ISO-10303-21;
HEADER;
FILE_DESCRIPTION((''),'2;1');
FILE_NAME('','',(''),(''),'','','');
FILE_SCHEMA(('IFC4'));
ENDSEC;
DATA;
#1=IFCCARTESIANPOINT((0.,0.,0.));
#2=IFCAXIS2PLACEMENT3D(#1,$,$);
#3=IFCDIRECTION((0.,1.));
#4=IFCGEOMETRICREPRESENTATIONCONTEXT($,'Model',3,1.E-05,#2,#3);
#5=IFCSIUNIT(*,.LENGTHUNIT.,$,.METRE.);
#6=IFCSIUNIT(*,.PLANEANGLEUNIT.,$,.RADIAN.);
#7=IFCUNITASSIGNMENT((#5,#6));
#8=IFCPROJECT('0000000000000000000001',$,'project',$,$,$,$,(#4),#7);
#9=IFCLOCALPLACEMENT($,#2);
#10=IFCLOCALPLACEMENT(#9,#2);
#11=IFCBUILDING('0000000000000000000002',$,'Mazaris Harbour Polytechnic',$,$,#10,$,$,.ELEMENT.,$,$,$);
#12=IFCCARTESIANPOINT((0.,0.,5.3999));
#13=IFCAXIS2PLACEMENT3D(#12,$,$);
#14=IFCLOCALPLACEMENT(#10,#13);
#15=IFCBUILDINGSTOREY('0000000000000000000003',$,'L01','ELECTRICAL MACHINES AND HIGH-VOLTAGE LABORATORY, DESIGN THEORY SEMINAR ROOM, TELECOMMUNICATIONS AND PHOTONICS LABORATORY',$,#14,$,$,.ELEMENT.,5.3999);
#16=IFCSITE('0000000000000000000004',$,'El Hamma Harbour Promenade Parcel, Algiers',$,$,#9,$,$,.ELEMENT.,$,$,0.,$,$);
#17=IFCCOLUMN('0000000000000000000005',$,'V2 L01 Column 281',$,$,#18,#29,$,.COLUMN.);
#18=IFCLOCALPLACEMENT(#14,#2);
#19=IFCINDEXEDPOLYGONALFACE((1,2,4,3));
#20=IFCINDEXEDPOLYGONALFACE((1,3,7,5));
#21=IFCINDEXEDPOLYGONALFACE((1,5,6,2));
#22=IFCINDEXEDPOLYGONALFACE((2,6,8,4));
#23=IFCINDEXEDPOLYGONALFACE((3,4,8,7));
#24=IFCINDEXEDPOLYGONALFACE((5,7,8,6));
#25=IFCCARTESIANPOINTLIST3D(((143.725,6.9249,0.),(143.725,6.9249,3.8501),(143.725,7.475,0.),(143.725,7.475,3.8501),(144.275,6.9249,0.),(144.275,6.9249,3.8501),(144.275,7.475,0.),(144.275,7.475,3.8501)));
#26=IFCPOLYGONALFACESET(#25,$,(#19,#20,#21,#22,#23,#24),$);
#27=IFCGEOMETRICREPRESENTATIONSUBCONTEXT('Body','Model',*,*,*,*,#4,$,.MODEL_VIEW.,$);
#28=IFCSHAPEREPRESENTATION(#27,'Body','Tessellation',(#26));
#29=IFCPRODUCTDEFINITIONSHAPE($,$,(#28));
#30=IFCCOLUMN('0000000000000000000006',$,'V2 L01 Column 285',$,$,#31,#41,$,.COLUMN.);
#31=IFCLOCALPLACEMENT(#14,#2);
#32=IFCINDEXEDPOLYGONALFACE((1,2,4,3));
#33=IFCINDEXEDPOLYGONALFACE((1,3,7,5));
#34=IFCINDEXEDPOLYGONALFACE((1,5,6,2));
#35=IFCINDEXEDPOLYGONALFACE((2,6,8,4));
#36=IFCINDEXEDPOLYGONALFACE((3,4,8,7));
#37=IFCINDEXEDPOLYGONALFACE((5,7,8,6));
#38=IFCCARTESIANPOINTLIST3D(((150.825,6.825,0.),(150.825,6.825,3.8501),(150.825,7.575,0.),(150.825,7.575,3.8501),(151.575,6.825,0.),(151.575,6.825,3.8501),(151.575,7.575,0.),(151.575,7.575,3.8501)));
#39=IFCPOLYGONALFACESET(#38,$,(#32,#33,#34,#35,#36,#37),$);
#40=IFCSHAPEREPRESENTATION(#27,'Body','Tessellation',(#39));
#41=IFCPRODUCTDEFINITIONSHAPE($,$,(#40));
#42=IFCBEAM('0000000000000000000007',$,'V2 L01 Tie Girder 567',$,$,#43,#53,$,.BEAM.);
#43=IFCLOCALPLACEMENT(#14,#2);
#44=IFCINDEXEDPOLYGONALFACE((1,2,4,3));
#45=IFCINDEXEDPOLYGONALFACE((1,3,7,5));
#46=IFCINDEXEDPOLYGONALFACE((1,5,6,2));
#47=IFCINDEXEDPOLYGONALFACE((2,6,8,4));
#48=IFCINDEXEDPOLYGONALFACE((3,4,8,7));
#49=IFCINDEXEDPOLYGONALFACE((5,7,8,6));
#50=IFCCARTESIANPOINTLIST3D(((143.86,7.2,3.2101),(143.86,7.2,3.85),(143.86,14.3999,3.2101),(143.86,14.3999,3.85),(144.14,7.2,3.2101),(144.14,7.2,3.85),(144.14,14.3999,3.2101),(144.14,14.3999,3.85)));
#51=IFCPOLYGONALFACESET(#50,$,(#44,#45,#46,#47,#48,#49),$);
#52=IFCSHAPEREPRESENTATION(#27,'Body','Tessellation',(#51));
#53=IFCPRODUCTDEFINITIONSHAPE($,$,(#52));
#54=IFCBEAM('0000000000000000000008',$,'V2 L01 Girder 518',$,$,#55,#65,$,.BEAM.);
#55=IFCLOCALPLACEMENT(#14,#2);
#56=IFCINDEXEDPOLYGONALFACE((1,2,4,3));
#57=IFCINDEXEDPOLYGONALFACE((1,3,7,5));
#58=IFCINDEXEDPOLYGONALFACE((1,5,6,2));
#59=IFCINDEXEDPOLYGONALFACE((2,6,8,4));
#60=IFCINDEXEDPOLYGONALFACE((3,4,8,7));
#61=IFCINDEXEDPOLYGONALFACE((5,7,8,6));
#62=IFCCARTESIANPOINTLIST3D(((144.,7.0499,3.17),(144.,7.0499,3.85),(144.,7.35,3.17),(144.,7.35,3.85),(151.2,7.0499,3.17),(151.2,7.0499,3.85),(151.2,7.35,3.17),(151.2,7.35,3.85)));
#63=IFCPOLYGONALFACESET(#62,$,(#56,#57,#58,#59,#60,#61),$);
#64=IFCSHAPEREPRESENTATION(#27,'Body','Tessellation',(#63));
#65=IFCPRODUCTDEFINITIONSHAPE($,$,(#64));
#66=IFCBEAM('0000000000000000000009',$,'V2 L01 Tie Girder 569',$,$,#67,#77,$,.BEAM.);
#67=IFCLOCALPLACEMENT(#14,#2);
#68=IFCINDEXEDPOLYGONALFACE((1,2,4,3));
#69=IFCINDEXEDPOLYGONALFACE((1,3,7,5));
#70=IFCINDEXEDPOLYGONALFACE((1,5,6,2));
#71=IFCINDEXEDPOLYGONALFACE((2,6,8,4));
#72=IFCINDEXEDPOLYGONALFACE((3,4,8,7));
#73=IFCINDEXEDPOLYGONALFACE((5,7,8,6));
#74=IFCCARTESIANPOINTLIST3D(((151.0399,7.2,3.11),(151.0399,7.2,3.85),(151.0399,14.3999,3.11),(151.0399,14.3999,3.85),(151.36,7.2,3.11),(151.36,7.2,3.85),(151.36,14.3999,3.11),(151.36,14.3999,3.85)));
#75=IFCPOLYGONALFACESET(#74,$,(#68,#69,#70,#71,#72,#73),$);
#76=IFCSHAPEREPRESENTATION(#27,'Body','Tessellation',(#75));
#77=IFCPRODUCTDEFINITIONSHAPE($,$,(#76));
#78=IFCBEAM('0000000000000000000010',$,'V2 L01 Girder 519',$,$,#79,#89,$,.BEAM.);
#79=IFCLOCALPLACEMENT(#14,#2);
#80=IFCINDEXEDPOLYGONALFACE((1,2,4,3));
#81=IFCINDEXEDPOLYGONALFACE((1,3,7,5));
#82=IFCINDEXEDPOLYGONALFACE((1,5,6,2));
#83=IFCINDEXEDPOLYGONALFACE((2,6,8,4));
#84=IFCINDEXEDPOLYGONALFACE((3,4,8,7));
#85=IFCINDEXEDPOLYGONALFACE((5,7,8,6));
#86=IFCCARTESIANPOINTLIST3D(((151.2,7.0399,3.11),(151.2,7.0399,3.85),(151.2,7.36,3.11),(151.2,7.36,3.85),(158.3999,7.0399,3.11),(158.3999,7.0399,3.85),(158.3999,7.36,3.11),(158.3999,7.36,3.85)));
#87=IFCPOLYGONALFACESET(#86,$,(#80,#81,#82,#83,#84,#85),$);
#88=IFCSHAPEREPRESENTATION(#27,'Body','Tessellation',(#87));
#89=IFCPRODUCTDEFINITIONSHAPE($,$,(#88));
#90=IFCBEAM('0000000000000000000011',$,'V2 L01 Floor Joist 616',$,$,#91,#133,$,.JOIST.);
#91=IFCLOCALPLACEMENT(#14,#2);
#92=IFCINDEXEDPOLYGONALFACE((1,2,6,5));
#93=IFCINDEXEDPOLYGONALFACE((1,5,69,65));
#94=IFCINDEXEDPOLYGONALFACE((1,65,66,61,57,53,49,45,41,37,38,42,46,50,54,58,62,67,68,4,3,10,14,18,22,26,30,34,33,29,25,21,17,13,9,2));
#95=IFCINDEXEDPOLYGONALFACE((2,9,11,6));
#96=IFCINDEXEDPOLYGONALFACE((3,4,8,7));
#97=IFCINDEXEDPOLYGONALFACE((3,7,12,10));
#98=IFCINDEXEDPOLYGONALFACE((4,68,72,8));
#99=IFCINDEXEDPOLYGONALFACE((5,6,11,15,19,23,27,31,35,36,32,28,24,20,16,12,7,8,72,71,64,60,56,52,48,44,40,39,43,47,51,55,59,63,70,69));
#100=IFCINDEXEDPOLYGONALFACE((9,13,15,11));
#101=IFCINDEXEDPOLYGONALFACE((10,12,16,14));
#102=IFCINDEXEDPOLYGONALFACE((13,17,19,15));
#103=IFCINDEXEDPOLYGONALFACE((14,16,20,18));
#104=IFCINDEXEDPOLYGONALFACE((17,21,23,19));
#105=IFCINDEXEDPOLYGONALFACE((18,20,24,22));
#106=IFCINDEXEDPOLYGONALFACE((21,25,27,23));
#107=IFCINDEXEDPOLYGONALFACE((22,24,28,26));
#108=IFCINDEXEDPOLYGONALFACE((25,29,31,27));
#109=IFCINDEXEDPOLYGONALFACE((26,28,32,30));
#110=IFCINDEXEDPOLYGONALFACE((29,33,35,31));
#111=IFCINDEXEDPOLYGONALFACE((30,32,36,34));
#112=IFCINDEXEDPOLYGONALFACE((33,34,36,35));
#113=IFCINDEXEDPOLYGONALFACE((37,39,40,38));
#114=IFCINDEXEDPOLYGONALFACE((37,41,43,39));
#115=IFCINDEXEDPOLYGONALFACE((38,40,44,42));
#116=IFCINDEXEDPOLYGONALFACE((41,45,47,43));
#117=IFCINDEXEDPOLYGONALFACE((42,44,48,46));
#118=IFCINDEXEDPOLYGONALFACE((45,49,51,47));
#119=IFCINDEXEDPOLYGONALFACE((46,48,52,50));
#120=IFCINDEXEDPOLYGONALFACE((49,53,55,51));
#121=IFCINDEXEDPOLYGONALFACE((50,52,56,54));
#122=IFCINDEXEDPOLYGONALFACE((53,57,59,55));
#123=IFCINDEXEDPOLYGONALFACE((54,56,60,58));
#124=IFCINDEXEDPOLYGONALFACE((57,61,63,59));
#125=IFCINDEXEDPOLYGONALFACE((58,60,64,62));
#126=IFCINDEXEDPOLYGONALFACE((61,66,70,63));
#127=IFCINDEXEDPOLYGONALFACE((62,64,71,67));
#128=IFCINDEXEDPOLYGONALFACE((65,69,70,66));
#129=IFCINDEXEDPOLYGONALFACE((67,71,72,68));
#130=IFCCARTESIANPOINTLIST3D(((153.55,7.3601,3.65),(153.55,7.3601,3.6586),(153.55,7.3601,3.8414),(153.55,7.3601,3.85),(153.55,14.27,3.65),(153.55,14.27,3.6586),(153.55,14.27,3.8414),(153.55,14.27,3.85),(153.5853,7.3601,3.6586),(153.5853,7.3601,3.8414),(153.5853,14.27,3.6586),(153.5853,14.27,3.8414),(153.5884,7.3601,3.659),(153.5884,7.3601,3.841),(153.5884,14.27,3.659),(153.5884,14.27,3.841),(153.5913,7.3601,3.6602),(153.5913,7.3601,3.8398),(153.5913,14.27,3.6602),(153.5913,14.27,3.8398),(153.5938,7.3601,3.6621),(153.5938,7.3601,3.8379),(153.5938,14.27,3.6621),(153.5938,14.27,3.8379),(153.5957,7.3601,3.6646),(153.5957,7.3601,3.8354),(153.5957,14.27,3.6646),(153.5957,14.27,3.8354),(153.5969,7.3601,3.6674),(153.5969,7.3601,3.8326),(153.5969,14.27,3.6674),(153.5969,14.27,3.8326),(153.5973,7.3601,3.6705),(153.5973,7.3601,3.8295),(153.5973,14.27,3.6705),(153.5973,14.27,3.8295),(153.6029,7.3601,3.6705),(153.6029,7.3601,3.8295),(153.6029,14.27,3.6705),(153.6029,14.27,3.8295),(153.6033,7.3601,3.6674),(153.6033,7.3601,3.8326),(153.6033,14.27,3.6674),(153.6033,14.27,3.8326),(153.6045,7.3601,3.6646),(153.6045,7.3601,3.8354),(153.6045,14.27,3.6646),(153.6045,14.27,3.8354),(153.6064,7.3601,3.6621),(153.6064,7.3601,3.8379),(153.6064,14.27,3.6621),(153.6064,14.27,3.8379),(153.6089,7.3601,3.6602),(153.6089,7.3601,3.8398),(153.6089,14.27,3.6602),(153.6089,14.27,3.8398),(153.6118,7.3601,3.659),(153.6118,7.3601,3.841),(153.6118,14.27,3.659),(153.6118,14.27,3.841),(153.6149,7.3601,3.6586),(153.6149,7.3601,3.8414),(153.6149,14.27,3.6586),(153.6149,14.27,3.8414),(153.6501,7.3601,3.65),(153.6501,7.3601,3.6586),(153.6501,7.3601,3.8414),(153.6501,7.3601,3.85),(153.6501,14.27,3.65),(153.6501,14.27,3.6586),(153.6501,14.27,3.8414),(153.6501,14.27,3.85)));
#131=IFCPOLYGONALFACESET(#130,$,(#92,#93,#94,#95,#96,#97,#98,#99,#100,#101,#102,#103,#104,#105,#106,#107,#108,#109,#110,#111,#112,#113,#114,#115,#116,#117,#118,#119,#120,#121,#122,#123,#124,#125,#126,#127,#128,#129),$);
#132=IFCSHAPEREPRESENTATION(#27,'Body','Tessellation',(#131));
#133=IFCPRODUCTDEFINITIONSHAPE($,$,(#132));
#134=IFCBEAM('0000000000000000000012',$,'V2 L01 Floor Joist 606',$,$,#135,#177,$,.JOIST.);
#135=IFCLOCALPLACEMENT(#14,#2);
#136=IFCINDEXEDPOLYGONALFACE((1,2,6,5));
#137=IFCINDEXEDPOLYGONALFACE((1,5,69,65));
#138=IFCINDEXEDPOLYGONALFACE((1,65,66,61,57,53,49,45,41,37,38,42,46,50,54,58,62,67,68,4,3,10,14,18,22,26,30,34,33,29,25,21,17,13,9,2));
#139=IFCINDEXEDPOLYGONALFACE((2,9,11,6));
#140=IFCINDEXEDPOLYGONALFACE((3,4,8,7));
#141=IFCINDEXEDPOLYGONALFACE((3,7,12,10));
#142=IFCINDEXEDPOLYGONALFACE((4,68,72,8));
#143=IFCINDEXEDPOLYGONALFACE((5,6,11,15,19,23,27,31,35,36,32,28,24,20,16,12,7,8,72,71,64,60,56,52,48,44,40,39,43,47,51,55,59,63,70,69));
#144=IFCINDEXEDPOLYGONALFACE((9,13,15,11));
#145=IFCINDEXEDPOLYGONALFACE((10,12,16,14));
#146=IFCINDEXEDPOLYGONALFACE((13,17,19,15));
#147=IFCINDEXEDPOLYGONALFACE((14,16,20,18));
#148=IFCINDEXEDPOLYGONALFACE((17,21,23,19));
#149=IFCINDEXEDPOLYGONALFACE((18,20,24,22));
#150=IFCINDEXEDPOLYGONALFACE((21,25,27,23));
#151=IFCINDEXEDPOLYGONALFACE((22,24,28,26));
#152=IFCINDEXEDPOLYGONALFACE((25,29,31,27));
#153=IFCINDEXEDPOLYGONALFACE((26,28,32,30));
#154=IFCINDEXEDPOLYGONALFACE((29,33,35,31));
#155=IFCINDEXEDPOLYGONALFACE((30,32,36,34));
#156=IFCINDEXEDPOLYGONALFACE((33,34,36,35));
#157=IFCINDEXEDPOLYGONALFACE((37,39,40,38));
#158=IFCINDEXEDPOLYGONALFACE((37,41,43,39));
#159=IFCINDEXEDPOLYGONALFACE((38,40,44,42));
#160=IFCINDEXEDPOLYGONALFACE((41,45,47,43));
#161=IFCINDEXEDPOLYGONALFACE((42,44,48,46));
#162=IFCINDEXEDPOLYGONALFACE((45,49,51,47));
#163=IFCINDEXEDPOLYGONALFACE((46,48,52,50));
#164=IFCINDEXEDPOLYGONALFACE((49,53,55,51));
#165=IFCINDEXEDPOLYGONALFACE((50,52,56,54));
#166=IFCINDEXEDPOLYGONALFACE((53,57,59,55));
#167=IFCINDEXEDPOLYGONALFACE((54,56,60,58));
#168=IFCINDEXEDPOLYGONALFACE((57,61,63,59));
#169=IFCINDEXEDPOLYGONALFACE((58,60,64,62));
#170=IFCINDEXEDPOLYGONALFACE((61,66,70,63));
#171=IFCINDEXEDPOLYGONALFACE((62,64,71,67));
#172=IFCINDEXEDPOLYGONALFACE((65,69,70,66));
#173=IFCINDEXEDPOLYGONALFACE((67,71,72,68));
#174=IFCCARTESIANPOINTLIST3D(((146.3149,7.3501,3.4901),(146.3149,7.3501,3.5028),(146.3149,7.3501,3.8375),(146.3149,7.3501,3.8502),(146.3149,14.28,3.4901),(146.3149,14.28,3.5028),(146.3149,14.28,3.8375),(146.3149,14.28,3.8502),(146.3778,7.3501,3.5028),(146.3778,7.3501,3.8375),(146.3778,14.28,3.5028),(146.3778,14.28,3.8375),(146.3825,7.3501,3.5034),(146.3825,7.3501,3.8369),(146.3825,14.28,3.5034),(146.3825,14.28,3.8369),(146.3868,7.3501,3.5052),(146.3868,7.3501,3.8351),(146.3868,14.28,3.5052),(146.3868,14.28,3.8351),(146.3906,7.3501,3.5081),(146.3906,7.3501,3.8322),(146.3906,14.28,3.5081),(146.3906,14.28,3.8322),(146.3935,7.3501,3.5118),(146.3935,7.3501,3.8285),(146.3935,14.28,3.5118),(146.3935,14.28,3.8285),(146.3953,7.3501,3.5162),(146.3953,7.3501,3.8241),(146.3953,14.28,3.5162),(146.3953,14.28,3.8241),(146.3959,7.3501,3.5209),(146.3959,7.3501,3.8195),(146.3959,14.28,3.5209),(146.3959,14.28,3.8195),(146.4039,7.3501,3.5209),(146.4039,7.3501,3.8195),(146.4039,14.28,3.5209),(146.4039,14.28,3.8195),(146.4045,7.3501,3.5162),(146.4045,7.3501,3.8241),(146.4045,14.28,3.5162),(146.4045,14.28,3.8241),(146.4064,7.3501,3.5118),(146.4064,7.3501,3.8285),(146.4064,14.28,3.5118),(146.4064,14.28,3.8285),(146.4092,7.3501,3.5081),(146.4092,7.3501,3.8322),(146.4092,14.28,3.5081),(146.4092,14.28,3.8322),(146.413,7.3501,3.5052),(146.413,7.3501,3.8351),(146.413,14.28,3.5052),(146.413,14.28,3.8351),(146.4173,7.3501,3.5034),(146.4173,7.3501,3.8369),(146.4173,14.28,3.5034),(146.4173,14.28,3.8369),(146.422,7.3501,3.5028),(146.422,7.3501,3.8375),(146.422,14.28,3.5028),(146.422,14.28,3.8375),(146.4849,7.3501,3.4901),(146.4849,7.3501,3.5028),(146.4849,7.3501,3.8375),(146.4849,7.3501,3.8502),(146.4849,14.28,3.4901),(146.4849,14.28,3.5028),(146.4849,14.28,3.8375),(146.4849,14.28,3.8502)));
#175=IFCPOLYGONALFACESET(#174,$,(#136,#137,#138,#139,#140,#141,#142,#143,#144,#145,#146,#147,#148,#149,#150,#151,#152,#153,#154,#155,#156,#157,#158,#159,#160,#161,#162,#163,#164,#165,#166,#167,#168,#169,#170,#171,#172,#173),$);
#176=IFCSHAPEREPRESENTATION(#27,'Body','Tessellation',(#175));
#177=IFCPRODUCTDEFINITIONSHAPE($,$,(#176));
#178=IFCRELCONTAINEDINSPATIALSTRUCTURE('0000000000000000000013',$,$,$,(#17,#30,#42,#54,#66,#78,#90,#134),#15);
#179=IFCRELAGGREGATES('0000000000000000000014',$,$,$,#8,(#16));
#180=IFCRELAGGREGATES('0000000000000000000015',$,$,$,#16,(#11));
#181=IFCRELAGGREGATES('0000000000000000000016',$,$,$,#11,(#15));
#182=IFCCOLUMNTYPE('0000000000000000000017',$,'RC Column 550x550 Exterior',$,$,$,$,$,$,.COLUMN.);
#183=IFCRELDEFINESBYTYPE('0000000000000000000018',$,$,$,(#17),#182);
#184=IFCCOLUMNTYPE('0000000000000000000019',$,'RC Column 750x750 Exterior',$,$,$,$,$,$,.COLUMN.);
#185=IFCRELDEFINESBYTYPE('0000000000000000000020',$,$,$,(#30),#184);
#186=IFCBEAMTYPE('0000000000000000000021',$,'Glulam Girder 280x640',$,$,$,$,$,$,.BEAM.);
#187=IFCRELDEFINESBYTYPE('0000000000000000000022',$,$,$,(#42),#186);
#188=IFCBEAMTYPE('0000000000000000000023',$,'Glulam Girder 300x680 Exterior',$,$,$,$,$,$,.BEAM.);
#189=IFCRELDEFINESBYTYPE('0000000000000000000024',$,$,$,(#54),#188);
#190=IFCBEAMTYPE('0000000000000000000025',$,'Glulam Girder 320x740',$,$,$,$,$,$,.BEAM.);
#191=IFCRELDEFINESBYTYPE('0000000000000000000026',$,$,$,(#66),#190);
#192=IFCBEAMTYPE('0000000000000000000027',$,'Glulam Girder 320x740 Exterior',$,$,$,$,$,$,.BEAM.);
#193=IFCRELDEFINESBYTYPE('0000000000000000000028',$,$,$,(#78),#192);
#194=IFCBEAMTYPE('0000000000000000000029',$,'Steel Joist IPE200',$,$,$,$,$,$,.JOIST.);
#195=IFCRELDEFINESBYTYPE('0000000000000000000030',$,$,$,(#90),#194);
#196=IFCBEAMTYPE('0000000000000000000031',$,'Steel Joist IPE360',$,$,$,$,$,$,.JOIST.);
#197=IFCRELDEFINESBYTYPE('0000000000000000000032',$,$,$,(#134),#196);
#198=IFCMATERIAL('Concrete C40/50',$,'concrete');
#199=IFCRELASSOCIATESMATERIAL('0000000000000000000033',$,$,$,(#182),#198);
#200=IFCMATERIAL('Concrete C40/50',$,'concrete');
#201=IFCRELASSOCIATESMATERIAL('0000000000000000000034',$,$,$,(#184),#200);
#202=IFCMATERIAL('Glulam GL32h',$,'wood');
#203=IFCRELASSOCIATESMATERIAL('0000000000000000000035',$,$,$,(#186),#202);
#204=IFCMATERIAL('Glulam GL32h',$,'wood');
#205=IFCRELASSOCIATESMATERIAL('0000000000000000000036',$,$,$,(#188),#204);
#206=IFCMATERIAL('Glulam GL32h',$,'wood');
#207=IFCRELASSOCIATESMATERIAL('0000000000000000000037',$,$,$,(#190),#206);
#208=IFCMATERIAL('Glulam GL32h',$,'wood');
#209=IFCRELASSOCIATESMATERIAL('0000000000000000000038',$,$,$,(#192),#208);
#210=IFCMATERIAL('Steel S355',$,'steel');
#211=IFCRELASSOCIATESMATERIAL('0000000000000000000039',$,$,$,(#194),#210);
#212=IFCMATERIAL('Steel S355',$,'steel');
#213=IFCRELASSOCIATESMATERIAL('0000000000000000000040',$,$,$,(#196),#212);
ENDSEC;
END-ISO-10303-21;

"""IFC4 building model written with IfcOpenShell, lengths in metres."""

from ifc_helpers import new_model, si_unit, direction, frame, origin, origin_2d, place, context, subcontext, project, spatial, rectangle, i_section, extrude, material, material_profile, profile_set, type_object, element, save


model = new_model("IFC4")

# Units and contexts
model_context = context("Model", 3, precision=1e-05, world=origin(), true_north=direction((0.0, 1.0)))
body_context = subcontext(model_context, "Body", "Model", "MODEL_VIEW")
ifc_project = project(units=[si_unit("LENGTHUNIT", "METRE"), si_unit("PLANEANGLEUNIT", "RADIAN")], contexts=[model_context])

# Site, building, storey
site_placement = place(None, origin())
site = spatial("IfcSite", under=ifc_project, at=site_placement, Name="El Hamma Harbour Promenade Parcel, Algiers", CompositionType="ELEMENT", RefElevation=0.0)
building_placement = place(site_placement, origin())
building = spatial("IfcBuilding", under=site, at=building_placement, Name="Mazaris Harbour Polytechnic", CompositionType="ELEMENT")
storey_placement = place(building_placement, frame((0.0, 0.0, 5.3999)))
storey = spatial("IfcBuildingStorey", under=building, at=storey_placement, Name="L01", Description="ELECTRICAL MACHINES AND HIGH-VOLTAGE LABORATORY, DESIGN THEORY SEMINAR ROOM, TELECOMMUNICATIONS AND PHOTONICS LABORATORY", CompositionType="ELEMENT", Elevation=5.3999)

# Columns
ifc_material_1 = material(Name="Concrete C40/50", Category="concrete")
ifc_material_profile_1 = material_profile(ifc_material_1, rectangle(XDim=0.55, YDim=0.55, at=origin_2d()), Name="RECT550x550")
ifc_profile_set_1 = profile_set([ifc_material_profile_1], Name="Concrete C40/50")
column_type_1 = type_object("IfcColumnType", Name="RC Column 550x550 Exterior", PredefinedType="COLUMN", material=ifc_profile_set_1)
column_1_placement = place(storey_placement, frame((144.0, 7.2, 0.0), z_axis=(0.0, 0.0, 1.0), x_axis=(1.0, 0.0, 0.0)))
element("IfcColumn", 1, at=column_1_placement, inside=storey, type_object=column_type_1, Name="V2 L01 Column 281", PredefinedType="COLUMN", context=body_context, shape_type="SweptSolid", body=[
    extrude(rectangle(XDim=0.55, YDim=0.55, at=origin_2d()), origin(), (0.0, 0.0, 1.0), 3.8501),
])
ifc_material_2 = material(Name="Concrete C40/50", Category="concrete")
ifc_material_profile_2 = material_profile(ifc_material_2, rectangle(XDim=0.75, YDim=0.75, at=origin_2d()), Name="RECT750x750")
ifc_profile_set_2 = profile_set([ifc_material_profile_2], Name="Concrete C40/50")
column_type_2 = type_object("IfcColumnType", Name="RC Column 750x750 Exterior", PredefinedType="COLUMN", material=ifc_profile_set_2)
column_2_placement = place(storey_placement, frame((151.2, 7.2, 0.0), z_axis=(0.0, 0.0, 1.0), x_axis=(1.0, 0.0, 0.0)))
element("IfcColumn", 2, at=column_2_placement, inside=storey, type_object=column_type_2, Name="V2 L01 Column 285", PredefinedType="COLUMN", context=body_context, shape_type="SweptSolid", body=[
    extrude(rectangle(XDim=0.75, YDim=0.75, at=origin_2d()), origin(), (0.0, 0.0, 1.0), 3.8501),
])

# Beams
ifc_material_3 = material(Name="Glulam GL32h", Category="wood")
ifc_material_profile_3 = material_profile(ifc_material_3, rectangle(XDim=0.28, YDim=0.6399, at=origin_2d()), Name="RECT280x640")
ifc_profile_set_3 = profile_set([ifc_material_profile_3], Name="Glulam GL32h")
beam_type_1 = type_object("IfcBeamType", Name="Glulam Girder 280x640", PredefinedType="BEAM", material=ifc_profile_set_3)
beam_1_placement = place(storey_placement, frame((144.0, 7.2, 3.53), z_axis=(0.0, 1.0, 0.0), x_axis=(-1.0, 0.0, 0.0)))
element("IfcBeam", 3, at=beam_1_placement, inside=storey, type_object=beam_type_1, Name="V2 L01 Tie Girder 567", PredefinedType="BEAM", context=body_context, shape_type="SweptSolid", body=[
    extrude(rectangle(XDim=0.28, YDim=0.6399, at=origin_2d()), origin(), (0.0, 0.0, 1.0), 7.2),
])
ifc_material_4 = material(Name="Glulam GL32h", Category="wood")
ifc_material_profile_4 = material_profile(ifc_material_4, rectangle(XDim=0.3, YDim=0.6799, at=origin_2d()), Name="RECT300x680")
ifc_profile_set_4 = profile_set([ifc_material_profile_4], Name="Glulam GL32h")
beam_type_2 = type_object("IfcBeamType", Name="Glulam Girder 300x680 Exterior", PredefinedType="BEAM", material=ifc_profile_set_4)
beam_2_placement = place(storey_placement, frame((144.0, 7.2, 3.51), z_axis=(1.0, 0.0, 0.0), x_axis=(0.0, 1.0, 0.0)))
element("IfcBeam", 4, at=beam_2_placement, inside=storey, type_object=beam_type_2, Name="V2 L01 Girder 518", PredefinedType="BEAM", context=body_context, shape_type="SweptSolid", body=[
    extrude(rectangle(XDim=0.3, YDim=0.6799, at=origin_2d()), origin(), (0.0, 0.0, 1.0), 7.2),
])
ifc_material_5 = material(Name="Glulam GL32h", Category="wood")
ifc_material_profile_5 = material_profile(ifc_material_5, rectangle(XDim=0.3201, YDim=0.74, at=origin_2d()), Name="RECT320x740")
ifc_profile_set_5 = profile_set([ifc_material_profile_5], Name="Glulam GL32h")
beam_type_3 = type_object("IfcBeamType", Name="Glulam Girder 320x740", PredefinedType="BEAM", material=ifc_profile_set_5)
beam_3_placement = place(storey_placement, frame((151.2, 7.2, 3.48), z_axis=(0.0, 1.0, 0.0), x_axis=(-1.0, 0.0, 0.0)))
element("IfcBeam", 5, at=beam_3_placement, inside=storey, type_object=beam_type_3, Name="V2 L01 Tie Girder 569", PredefinedType="BEAM", context=body_context, shape_type="SweptSolid", body=[
    extrude(rectangle(XDim=0.3201, YDim=0.74, at=origin_2d()), origin(), (0.0, 0.0, 1.0), 7.2),
])
ifc_material_6 = material(Name="Glulam GL32h", Category="wood")
ifc_material_profile_6 = material_profile(ifc_material_6, rectangle(XDim=0.3201, YDim=0.74, at=origin_2d()), Name="RECT320x740")
ifc_profile_set_6 = profile_set([ifc_material_profile_6], Name="Glulam GL32h")
beam_type_4 = type_object("IfcBeamType", Name="Glulam Girder 320x740 Exterior", PredefinedType="BEAM", material=ifc_profile_set_6)
beam_4_placement = place(storey_placement, frame((151.2, 7.2, 3.48), z_axis=(1.0, 0.0, 0.0), x_axis=(0.0, 1.0, 0.0)))
element("IfcBeam", 6, at=beam_4_placement, inside=storey, type_object=beam_type_4, Name="V2 L01 Girder 519", PredefinedType="BEAM", context=body_context, shape_type="SweptSolid", body=[
    extrude(rectangle(XDim=0.3201, YDim=0.74, at=origin_2d()), origin(), (0.0, 0.0, 1.0), 7.2),
])
ifc_material_7 = material(Name="Steel S355", Category="steel")
ifc_material_profile_7 = material_profile(ifc_material_7, i_section(OverallWidth=0.1001, OverallDepth=0.2, WebThickness=0.0056, FlangeThickness=0.0085, FilletRadius=0.012, at=origin_2d()), Name="IPE 200")
ifc_profile_set_7 = profile_set([ifc_material_profile_7], Name="Steel S355")
beam_type_5 = type_object("IfcBeamType", Name="Steel Joist IPE200", PredefinedType="JOIST", material=ifc_profile_set_7)
beam_5_placement = place(storey_placement, frame((153.6001, 7.3601, 3.75), z_axis=(0.0, 1.0, 0.0), x_axis=(-1.0, 0.0, 0.0)))
element("IfcBeam", 7, at=beam_5_placement, inside=storey, type_object=beam_type_5, Name="V2 L01 Floor Joist 616", PredefinedType="JOIST", context=body_context, shape_type="SweptSolid", body=[
    extrude(i_section(OverallWidth=0.1001, OverallDepth=0.2, WebThickness=0.0056, FlangeThickness=0.0085, FilletRadius=0.012, at=origin_2d()), origin(), (0.0, 0.0, 1.0), 6.9099),
])
ifc_material_8 = material(Name="Steel S355", Category="steel")
ifc_material_profile_8 = material_profile(ifc_material_8, i_section(OverallWidth=0.1699, OverallDepth=0.3601, WebThickness=0.0081, FlangeThickness=0.0127, FilletRadius=0.0181, at=origin_2d()), Name="IPE 360")
ifc_profile_set_8 = profile_set([ifc_material_profile_8], Name="Steel S355")
beam_type_6 = type_object("IfcBeamType", Name="Steel Joist IPE360", PredefinedType="JOIST", material=ifc_profile_set_8)
beam_6_placement = place(storey_placement, frame((146.3999, 7.3501, 3.6702), z_axis=(0.0, 1.0, 0.0), x_axis=(-1.0, 0.0, 0.0)))
element("IfcBeam", 8, at=beam_6_placement, inside=storey, type_object=beam_type_6, Name="V2 L01 Floor Joist 606", PredefinedType="JOIST", context=body_context, shape_type="SweptSolid", body=[
    extrude(i_section(OverallWidth=0.1699, OverallDepth=0.3601, WebThickness=0.0081, FlangeThickness=0.0127, FilletRadius=0.0181, at=origin_2d()), origin(), (0.0, 0.0, 1.0), 6.9299),
])

save(model, "model.ifc")
